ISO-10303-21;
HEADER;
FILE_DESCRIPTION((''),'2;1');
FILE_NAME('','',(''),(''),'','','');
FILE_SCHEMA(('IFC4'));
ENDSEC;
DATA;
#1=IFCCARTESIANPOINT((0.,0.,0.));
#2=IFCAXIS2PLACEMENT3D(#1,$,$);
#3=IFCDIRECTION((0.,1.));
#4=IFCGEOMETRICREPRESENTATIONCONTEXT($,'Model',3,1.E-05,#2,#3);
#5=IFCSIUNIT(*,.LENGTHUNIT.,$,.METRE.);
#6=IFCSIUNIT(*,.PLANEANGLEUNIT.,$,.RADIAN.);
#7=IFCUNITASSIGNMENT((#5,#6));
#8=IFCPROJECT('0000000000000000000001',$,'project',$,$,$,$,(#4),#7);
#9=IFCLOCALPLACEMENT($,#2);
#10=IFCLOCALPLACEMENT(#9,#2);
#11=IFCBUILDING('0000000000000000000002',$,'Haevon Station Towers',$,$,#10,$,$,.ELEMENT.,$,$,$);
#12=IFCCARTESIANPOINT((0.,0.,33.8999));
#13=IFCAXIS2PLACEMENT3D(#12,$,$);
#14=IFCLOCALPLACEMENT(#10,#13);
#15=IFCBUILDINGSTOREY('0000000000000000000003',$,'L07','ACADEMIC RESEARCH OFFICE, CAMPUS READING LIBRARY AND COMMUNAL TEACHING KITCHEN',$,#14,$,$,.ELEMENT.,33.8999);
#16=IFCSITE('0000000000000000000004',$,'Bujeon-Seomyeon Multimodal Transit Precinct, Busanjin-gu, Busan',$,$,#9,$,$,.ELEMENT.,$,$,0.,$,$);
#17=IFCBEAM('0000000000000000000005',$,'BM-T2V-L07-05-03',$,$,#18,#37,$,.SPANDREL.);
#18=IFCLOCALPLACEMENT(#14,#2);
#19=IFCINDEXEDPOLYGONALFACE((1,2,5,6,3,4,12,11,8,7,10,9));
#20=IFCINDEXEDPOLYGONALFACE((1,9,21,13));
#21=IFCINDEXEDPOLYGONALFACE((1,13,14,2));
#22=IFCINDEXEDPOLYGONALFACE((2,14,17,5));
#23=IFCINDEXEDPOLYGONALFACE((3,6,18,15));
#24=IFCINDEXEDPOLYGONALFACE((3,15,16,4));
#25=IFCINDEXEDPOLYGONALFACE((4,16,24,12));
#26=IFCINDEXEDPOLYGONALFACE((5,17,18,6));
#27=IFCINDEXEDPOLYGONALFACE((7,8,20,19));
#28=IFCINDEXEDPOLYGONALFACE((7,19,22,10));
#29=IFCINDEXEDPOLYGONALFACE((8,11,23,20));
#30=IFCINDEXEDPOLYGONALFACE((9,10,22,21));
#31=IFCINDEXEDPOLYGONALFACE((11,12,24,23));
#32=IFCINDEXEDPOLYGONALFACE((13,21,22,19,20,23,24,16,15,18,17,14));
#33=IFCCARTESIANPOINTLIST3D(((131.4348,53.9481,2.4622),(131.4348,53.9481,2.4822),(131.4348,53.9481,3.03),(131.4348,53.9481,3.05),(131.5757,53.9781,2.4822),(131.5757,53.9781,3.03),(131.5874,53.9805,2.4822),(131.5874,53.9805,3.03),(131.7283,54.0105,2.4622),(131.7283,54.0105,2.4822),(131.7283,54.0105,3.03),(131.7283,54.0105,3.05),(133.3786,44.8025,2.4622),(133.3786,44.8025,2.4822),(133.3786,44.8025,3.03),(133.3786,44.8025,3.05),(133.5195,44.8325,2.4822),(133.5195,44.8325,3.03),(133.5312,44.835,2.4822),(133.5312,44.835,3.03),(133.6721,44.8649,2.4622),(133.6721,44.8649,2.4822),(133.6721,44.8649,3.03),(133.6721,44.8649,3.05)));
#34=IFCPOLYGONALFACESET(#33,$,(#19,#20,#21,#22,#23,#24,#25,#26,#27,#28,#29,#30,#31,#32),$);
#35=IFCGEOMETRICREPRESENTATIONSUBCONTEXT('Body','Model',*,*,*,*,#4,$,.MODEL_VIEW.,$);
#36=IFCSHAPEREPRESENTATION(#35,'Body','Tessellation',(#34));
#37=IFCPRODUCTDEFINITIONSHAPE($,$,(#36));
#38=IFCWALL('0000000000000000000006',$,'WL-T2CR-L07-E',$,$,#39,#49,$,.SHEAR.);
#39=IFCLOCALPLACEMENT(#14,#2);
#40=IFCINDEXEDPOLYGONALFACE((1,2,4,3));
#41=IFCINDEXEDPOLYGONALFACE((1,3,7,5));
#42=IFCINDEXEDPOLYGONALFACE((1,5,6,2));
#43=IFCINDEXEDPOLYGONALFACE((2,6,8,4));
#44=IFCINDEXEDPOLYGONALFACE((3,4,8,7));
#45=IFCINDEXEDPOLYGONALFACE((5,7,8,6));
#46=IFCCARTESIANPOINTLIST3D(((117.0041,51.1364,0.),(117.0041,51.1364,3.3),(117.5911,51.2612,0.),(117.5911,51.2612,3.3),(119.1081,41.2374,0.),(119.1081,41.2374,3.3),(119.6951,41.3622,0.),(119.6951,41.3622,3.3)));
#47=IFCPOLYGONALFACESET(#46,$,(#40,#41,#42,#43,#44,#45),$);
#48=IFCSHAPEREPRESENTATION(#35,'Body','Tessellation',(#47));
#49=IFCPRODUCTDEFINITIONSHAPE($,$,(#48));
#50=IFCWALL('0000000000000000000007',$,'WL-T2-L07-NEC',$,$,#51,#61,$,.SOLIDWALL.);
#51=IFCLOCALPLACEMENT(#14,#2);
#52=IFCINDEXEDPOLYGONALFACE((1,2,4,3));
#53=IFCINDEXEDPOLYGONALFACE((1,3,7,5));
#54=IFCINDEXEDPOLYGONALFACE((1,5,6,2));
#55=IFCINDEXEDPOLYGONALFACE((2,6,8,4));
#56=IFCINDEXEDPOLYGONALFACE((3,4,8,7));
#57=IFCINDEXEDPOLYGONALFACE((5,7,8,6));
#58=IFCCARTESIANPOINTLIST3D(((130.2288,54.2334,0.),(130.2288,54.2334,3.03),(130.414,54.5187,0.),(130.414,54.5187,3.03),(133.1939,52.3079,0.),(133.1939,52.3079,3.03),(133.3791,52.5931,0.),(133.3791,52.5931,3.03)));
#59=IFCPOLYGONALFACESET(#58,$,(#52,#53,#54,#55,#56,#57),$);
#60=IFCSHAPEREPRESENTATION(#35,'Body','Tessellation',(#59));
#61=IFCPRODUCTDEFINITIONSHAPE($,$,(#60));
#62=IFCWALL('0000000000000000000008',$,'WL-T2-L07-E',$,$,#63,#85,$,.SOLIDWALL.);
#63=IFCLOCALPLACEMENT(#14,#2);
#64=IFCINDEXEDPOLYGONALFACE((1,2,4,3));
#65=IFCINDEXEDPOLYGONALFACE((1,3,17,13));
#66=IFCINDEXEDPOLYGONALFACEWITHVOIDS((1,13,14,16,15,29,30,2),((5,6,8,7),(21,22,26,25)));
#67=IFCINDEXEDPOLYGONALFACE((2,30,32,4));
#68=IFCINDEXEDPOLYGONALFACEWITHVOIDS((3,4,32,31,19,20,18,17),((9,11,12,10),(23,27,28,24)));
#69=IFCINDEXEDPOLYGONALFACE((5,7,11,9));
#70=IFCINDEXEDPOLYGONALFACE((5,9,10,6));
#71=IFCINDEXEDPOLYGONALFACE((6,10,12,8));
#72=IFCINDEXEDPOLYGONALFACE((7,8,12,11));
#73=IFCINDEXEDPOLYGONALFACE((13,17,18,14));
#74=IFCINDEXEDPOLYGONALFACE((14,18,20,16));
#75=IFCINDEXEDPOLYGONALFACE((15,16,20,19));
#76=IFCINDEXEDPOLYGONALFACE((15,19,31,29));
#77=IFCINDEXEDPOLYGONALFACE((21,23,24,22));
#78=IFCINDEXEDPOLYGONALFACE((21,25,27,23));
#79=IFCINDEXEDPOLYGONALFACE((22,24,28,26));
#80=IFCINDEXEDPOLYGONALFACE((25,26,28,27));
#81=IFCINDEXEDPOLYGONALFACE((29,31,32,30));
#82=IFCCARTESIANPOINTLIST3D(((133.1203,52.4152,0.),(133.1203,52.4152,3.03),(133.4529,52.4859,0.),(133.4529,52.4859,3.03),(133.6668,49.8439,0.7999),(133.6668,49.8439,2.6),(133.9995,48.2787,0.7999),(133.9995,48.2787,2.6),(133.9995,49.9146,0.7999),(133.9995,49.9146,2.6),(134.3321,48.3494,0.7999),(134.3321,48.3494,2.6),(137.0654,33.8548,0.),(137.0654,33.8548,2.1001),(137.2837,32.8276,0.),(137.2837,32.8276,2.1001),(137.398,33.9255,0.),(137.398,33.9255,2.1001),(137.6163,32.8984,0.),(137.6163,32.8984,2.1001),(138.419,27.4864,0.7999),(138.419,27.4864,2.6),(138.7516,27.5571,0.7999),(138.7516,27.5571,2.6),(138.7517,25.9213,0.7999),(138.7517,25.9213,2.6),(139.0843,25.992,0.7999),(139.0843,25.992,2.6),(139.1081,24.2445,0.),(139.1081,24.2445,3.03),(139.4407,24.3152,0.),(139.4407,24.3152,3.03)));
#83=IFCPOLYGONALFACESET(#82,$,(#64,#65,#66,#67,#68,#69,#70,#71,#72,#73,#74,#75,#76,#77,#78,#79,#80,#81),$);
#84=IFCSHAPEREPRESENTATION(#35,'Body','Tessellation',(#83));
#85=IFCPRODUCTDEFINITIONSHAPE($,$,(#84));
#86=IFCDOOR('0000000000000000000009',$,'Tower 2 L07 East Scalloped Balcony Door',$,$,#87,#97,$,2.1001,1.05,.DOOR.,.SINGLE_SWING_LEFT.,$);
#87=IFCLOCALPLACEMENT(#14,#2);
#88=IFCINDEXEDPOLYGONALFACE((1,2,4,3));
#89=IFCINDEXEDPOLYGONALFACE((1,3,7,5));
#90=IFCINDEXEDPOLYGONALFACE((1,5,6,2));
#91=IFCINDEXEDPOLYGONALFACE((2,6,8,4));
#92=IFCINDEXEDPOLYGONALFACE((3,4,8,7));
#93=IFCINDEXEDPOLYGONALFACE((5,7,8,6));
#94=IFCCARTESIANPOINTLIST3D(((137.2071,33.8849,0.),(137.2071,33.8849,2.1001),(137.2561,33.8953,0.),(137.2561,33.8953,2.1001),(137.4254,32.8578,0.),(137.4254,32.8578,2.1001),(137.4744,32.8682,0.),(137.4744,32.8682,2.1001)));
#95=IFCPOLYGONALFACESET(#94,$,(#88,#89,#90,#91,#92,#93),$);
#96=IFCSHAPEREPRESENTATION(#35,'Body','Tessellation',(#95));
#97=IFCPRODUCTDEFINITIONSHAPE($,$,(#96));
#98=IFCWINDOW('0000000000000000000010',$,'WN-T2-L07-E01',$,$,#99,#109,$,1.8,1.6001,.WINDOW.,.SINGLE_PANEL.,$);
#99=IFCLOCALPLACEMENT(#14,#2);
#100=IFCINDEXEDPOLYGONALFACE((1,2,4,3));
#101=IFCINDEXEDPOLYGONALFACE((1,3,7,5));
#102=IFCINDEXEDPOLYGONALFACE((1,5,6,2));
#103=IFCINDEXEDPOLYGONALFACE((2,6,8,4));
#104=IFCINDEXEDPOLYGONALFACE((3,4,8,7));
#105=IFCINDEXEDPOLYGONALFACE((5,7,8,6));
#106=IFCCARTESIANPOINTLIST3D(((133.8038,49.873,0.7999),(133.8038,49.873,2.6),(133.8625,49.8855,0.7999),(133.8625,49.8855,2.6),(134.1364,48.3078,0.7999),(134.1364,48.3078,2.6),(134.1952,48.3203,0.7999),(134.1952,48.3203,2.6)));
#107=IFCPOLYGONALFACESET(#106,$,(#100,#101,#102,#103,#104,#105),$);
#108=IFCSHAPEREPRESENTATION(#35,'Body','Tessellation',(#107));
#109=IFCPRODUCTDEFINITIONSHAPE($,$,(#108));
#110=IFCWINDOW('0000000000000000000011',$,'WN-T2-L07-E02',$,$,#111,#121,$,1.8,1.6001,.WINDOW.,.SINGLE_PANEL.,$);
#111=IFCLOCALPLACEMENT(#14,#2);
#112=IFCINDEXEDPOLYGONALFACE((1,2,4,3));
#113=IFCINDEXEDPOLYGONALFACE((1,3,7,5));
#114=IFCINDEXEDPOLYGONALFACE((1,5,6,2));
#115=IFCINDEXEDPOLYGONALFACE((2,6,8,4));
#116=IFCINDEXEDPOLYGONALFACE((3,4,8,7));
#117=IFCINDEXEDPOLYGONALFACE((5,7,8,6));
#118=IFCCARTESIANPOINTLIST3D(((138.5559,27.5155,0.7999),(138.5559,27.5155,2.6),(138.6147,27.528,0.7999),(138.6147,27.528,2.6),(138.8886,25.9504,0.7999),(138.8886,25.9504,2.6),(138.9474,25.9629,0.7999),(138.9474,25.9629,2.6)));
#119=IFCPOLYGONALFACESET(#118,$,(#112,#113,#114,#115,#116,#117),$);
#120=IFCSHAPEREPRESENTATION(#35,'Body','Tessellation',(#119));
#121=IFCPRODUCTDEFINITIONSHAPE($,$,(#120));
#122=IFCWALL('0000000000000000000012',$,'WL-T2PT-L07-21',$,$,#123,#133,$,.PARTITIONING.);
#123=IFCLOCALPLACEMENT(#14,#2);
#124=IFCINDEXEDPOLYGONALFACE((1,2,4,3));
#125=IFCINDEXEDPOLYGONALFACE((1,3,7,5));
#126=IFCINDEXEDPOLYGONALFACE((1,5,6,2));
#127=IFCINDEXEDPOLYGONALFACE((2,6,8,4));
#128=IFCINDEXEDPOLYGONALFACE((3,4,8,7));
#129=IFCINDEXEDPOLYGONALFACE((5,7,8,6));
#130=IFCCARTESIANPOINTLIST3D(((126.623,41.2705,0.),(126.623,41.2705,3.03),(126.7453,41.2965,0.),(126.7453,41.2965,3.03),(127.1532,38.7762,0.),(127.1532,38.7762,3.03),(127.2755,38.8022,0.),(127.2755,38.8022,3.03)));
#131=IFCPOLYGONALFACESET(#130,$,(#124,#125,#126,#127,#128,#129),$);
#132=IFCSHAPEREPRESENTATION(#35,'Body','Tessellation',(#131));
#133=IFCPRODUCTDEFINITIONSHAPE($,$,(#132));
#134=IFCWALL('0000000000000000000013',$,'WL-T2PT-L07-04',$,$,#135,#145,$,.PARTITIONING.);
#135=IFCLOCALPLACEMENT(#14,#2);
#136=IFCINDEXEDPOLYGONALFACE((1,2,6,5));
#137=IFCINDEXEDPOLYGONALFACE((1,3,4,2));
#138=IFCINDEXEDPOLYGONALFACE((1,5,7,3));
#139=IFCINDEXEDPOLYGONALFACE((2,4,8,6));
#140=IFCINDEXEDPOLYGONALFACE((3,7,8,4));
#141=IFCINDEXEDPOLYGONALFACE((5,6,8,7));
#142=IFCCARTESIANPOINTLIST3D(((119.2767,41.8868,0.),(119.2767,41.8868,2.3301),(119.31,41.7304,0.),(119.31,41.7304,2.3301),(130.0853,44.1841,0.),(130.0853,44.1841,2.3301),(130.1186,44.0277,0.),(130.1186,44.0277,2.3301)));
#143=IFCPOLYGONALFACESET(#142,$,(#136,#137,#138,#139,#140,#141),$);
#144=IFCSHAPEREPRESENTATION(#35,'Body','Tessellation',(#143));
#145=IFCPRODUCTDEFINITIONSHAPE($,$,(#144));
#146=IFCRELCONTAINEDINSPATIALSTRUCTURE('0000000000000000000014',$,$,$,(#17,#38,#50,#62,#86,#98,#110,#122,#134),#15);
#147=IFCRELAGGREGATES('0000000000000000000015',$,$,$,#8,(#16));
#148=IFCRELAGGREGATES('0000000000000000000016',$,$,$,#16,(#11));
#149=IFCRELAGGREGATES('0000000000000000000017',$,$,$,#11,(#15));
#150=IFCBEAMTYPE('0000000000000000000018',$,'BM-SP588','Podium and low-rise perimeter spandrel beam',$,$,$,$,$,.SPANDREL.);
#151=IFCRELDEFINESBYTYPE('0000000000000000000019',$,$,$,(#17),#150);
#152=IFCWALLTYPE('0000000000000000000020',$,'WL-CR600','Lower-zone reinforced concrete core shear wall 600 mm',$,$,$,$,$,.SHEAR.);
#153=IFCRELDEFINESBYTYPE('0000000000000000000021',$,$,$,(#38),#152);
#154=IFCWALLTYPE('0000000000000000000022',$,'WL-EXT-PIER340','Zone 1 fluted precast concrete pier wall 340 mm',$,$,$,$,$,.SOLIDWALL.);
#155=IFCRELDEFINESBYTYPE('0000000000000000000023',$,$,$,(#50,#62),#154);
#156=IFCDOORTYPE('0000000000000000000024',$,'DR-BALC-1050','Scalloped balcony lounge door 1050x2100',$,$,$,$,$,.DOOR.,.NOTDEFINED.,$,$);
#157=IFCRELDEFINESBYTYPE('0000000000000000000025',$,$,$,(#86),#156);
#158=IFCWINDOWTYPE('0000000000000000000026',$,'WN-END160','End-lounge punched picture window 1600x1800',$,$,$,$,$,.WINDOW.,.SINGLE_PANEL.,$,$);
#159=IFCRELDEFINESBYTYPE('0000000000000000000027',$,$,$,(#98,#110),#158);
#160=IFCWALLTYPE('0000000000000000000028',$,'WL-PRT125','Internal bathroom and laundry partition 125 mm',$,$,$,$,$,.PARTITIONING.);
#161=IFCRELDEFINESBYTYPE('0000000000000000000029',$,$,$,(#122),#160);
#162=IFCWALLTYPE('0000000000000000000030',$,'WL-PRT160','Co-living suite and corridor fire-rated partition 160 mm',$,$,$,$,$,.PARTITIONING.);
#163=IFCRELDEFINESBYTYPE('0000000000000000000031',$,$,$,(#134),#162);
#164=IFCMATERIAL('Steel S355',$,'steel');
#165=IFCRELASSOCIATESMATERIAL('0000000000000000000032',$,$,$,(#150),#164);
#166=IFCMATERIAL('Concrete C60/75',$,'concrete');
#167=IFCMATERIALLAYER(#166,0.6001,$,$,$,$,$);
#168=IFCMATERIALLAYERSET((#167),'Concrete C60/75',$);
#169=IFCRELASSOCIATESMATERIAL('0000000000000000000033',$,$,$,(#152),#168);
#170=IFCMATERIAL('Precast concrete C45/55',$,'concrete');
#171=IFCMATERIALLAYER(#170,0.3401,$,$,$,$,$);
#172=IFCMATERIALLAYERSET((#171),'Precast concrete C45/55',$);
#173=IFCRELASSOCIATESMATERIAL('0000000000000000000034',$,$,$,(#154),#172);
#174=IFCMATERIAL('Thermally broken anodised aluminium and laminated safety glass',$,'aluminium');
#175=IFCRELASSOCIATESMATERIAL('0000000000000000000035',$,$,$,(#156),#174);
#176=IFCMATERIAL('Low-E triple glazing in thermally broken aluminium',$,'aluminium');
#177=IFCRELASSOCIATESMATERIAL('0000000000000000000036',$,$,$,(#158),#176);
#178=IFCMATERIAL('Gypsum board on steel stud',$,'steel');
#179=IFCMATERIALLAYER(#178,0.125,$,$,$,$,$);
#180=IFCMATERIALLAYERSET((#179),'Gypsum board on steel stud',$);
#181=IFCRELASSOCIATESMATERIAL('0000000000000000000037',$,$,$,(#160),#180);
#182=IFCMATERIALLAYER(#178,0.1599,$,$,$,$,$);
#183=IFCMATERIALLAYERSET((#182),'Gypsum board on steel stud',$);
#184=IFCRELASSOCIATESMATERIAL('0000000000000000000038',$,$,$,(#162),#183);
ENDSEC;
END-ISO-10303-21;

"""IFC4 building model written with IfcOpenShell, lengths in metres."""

from ifc_helpers import new_model, si_unit, direction, frame, frame_2d, origin, origin_2d, place, context, subcontext, project, spatial, rectangle, i_section, extrude, material, layer, layer_set, material_profile, profile_set, type_object, element, fill, save


model = new_model("IFC4")

# Units and contexts
model_context = context("Model", 3, precision=1e-05, world=origin(), true_north=direction((0.0, 1.0)))
body_context = subcontext(model_context, "Body", "Model", "MODEL_VIEW")
ifc_project = project(units=[si_unit("LENGTHUNIT", "METRE"), si_unit("PLANEANGLEUNIT", "RADIAN")], contexts=[model_context])

# Site, building, storey
site_placement = place(None, origin())
site = spatial("IfcSite", under=ifc_project, at=site_placement, Name="Bujeon-Seomyeon Multimodal Transit Precinct, Busanjin-gu, Busan", CompositionType="ELEMENT", RefElevation=0.0)
building_placement = place(site_placement, origin())
building = spatial("IfcBuilding", under=site, at=building_placement, Name="Haevon Station Towers", CompositionType="ELEMENT")
storey_placement = place(building_placement, frame((0.0, 0.0, 33.8999)))
storey = spatial("IfcBuildingStorey", under=building, at=storey_placement, Name="L07", Description="ACADEMIC RESEARCH OFFICE, CAMPUS READING LIBRARY AND COMMUNAL TEACHING KITCHEN", CompositionType="ELEMENT", Elevation=33.8999)

# Beam
ifc_material_1 = material(Name="Steel S355", Category="steel")
ifc_material_profile_1 = material_profile(ifc_material_1, i_section(OverallWidth=0.3, OverallDepth=0.5879, WebThickness=0.012, FlangeThickness=0.02, at=origin_2d()), Name="H-588x300x12x20")
ifc_profile_set_1 = profile_set([ifc_material_profile_1], Name="Steel S355")
beam_type_1 = type_object("IfcBeamType", Name="BM-SP588", Description="Podium and low-rise perimeter spandrel beam", PredefinedType="SPANDREL", material=ifc_profile_set_1)
beam_1_placement = place(storey_placement, frame((133.5254, 44.8337, 2.7561), z_axis=(-0.207902, 0.97815, 0.0), x_axis=(-0.97815, -0.207902, 0.0)))
element("IfcBeam", 1, at=beam_1_placement, inside=storey, type_object=beam_type_1, Name="BM-T2V-L07-05-03", PredefinedType="SPANDREL", context=body_context, shape_type="SweptSolid", body=[
    extrude(i_section(OverallWidth=0.3, OverallDepth=0.5879, WebThickness=0.012, FlangeThickness=0.02, at=origin_2d()), origin(), (0.0, 0.0, 1.0), 9.3499),
])

# Walls
ifc_material_2 = material(Name="Concrete C60/75", Category="concrete")
ifc_layer_1 = layer(ifc_material_2, 0.6001)
ifc_layer_set_1 = layer_set([ifc_layer_1], Name="Concrete C60/75")
wall_type_1 = type_object("IfcWallType", Name="WL-CR600", Description="Lower-zone reinforced concrete core shear wall 600 mm", PredefinedType="SHEAR", material=ifc_layer_set_1)
wall_1_placement = place(storey_placement, frame((119.4016, 41.2998, 0.0), z_axis=(0.0, 0.0, 1.0), x_axis=(-0.207904, 0.978149, 0.0)))
element("IfcWall", 2, at=wall_1_placement, inside=storey, type_object=wall_type_1, Name="WL-T2CR-L07-E", PredefinedType="SHEAR", context=body_context, shape_type="SweptSolid", body=[
    extrude(rectangle(XDim=10.1201, YDim=0.6001, at=frame_2d((5.0601, 0.0))), origin(), (0.0, 0.0, 1.0), 3.3),
])
ifc_material_3 = material(Name="Precast concrete C45/55", Category="concrete")
ifc_layer_2 = layer(ifc_material_3, 0.3401)
ifc_layer_set_2 = layer_set([ifc_layer_2], Name="Precast concrete C45/55")
wall_type_2 = type_object("IfcWallType", Name="WL-EXT-PIER340", Description="Zone 1 fluted precast concrete pier wall 340 mm", PredefinedType="SOLIDWALL", material=ifc_layer_set_2)
wall_2_placement = place(storey_placement, frame((130.3215, 54.376, 0.0), z_axis=(0.0, 0.0, 1.0), x_axis=(0.838672, -0.544636, 0.0)))
element("IfcWall", 3, at=wall_2_placement, inside=storey, type_object=wall_type_2, Name="WL-T2-L07-NEC", PredefinedType="SOLIDWALL", context=body_context, shape_type="SweptSolid", body=[
    extrude(rectangle(XDim=3.5354, YDim=0.3401, at=frame_2d((1.7676, 0.0))), origin(), (0.0, 0.0, 1.0), 3.03),
])

# Wall, openings, door, windows
wall_3_placement = place(storey_placement, frame((133.2866, 52.4504, 0.0), z_axis=(0.0, 0.0, 1.0), x_axis=(0.20791, -0.978148, 0.0)))
wall_3 = element("IfcWall", 4, at=wall_3_placement, inside=storey, type_object=wall_type_2, Name="WL-T2-L07-E", PredefinedType="SOLIDWALL", context=body_context, shape_type="SweptSolid", body=[
    extrude(rectangle(XDim=28.8, YDim=0.3401, at=frame_2d((14.3999, 0.0))), origin(), (0.0, 0.0, 1.0), 3.03),
])
opening_1_placement = place(wall_3_placement, frame((18.9751, 0.0, 0.0)))
opening_1 = element("IfcOpeningElement", 5, at=opening_1_placement, cuts=wall_3, PredefinedType="OPENING", context=body_context, shape_type="SweptSolid", body=[
    extrude(rectangle(XDim=1.05, YDim=2.1001, at=frame_2d((0.5249, 1.05))), frame((0.0, 0.1799, 0.0), z_axis=(0.0, -1.0, 0.0), x_axis=(1.0, 0.0, 0.0)), (0.0, 0.0, 1.0), 0.3601),
])
opening_2_placement = place(wall_3_placement, frame((2.6287, 0.0, 0.8)))
opening_2 = element("IfcOpeningElement", 6, at=opening_2_placement, cuts=wall_3, PredefinedType="OPENING", context=body_context, shape_type="SweptSolid", body=[
    extrude(rectangle(XDim=1.6001, YDim=1.8, at=frame_2d((0.8, 0.8999))), frame((0.0, 0.1799, 0.0), z_axis=(0.0, -1.0, 0.0), x_axis=(1.0, 0.0, 0.0)), (0.0, 0.0, 1.0), 0.3601),
])
opening_3_placement = place(wall_3_placement, frame((25.4856, 0.0, 0.8)))
opening_3 = element("IfcOpeningElement", 7, at=opening_3_placement, cuts=wall_3, PredefinedType="OPENING", context=body_context, shape_type="SweptSolid", body=[
    extrude(rectangle(XDim=1.6001, YDim=1.8, at=frame_2d((0.8, 0.8999))), frame((0.0, 0.1799, 0.0), z_axis=(0.0, -1.0, 0.0), x_axis=(1.0, 0.0, 0.0)), (0.0, 0.0, 1.0), 0.3601),
])
ifc_material_4 = material(Name="Thermally broken anodised aluminium and laminated safety glass", Category="aluminium")
door_type = type_object("IfcDoorType", Name="DR-BALC-1050", Description="Scalloped balcony lounge door 1050x2100", OperationType="NOTDEFINED", PredefinedType="DOOR", material=ifc_material_4)
door_placement = place(opening_1_placement, origin())
door = element("IfcDoor", 8, at=door_placement, inside=storey, type_object=door_type, Name="Tower 2 L07 East Scalloped Balcony Door", OperationType="SINGLE_SWING_LEFT", OverallHeight=2.1001, OverallWidth=1.05, PredefinedType="DOOR", context=body_context, shape_type="SweptSolid", body=[
    extrude(rectangle(XDim=1.05, YDim=2.1001, at=frame_2d((0.5249, 1.05))), frame((0.0, 0.0249, 0.0), z_axis=(0.0, -1.0, 0.0), x_axis=(1.0, 0.0, 0.0)), (0.0, 0.0, 1.0), 0.05),
])
fill(opening_1, door)
ifc_material_5 = material(Name="Low-E triple glazing in thermally broken aluminium", Category="aluminium")
window_type = type_object("IfcWindowType", Name="WN-END160", Description="End-lounge punched picture window 1600x1800", PartitioningType="SINGLE_PANEL", PredefinedType="WINDOW", material=ifc_material_5)
window_1_placement = place(opening_2_placement, origin())
window_1 = element("IfcWindow", 9, at=window_1_placement, inside=storey, type_object=window_type, Name="WN-T2-L07-E01", OverallHeight=1.8, OverallWidth=1.6001, PartitioningType="SINGLE_PANEL", PredefinedType="WINDOW", context=body_context, shape_type="SweptSolid", body=[
    extrude(rectangle(XDim=1.6001, YDim=1.8, at=frame_2d((0.8, 0.8999))), frame((0.0, 0.03, 0.0), z_axis=(0.0, -1.0, 0.0), x_axis=(1.0, 0.0, 0.0)), (0.0, 0.0, 1.0), 0.0601),
])
fill(opening_2, window_1)
window_2_placement = place(opening_3_placement, origin())
window_2 = element("IfcWindow", 10, at=window_2_placement, inside=storey, type_object=window_type, Name="WN-T2-L07-E02", OverallHeight=1.8, OverallWidth=1.6001, PartitioningType="SINGLE_PANEL", PredefinedType="WINDOW", context=body_context, shape_type="SweptSolid", body=[
    extrude(rectangle(XDim=1.6001, YDim=1.8, at=frame_2d((0.8, 0.8999))), frame((0.0, 0.03, 0.0), z_axis=(0.0, -1.0, 0.0), x_axis=(1.0, 0.0, 0.0)), (0.0, 0.0, 1.0), 0.0601),
])
fill(opening_3, window_2)

# Walls
ifc_material_6 = material(Name="Gypsum board on steel stud", Category="steel")
ifc_layer_3 = layer(ifc_material_6, 0.125)
ifc_layer_set_3 = layer_set([ifc_layer_3], Name="Gypsum board on steel stud")
wall_type_3 = type_object("IfcWallType", Name="WL-PRT125", Description="Internal bathroom and laundry partition 125 mm", PredefinedType="PARTITIONING", material=ifc_layer_set_3)
wall_4_placement = place(storey_placement, frame((127.2144, 38.7893, 0.0), z_axis=(0.0, 0.0, 1.0), x_axis=(-0.20794, 0.978142, 0.0)))
element("IfcWall", 11, at=wall_4_placement, inside=storey, type_object=wall_type_3, Name="WL-T2PT-L07-21", PredefinedType="PARTITIONING", context=body_context, shape_type="SweptSolid", body=[
    extrude(rectangle(XDim=2.55, YDim=0.125, at=frame_2d((1.2749, 0.0))), origin(), (0.0, 0.0, 1.0), 3.03),
])
ifc_layer_4 = layer(ifc_material_6, 0.1599)
ifc_layer_set_4 = layer_set([ifc_layer_4], Name="Gypsum board on steel stud")
wall_type_4 = type_object("IfcWallType", Name="WL-PRT160", Description="Co-living suite and corridor fire-rated partition 160 mm", PredefinedType="PARTITIONING", material=ifc_layer_set_4)
wall_5_placement = place(storey_placement, frame((119.2935, 41.8086, 0.0), z_axis=(0.0, 0.0, 1.0), x_axis=(0.978149, 0.207905, 0.0)))
element("IfcWall", 12, at=wall_5_placement, inside=storey, type_object=wall_type_4, Name="WL-T2PT-L07-04", PredefinedType="PARTITIONING", context=body_context, shape_type="SweptSolid", body=[
    extrude(rectangle(XDim=11.05, YDim=0.1599, at=frame_2d((5.5249, 0.0))), origin(), (0.0, 0.0, 1.0), 2.3301),
])

save(model, "model.ifc")
